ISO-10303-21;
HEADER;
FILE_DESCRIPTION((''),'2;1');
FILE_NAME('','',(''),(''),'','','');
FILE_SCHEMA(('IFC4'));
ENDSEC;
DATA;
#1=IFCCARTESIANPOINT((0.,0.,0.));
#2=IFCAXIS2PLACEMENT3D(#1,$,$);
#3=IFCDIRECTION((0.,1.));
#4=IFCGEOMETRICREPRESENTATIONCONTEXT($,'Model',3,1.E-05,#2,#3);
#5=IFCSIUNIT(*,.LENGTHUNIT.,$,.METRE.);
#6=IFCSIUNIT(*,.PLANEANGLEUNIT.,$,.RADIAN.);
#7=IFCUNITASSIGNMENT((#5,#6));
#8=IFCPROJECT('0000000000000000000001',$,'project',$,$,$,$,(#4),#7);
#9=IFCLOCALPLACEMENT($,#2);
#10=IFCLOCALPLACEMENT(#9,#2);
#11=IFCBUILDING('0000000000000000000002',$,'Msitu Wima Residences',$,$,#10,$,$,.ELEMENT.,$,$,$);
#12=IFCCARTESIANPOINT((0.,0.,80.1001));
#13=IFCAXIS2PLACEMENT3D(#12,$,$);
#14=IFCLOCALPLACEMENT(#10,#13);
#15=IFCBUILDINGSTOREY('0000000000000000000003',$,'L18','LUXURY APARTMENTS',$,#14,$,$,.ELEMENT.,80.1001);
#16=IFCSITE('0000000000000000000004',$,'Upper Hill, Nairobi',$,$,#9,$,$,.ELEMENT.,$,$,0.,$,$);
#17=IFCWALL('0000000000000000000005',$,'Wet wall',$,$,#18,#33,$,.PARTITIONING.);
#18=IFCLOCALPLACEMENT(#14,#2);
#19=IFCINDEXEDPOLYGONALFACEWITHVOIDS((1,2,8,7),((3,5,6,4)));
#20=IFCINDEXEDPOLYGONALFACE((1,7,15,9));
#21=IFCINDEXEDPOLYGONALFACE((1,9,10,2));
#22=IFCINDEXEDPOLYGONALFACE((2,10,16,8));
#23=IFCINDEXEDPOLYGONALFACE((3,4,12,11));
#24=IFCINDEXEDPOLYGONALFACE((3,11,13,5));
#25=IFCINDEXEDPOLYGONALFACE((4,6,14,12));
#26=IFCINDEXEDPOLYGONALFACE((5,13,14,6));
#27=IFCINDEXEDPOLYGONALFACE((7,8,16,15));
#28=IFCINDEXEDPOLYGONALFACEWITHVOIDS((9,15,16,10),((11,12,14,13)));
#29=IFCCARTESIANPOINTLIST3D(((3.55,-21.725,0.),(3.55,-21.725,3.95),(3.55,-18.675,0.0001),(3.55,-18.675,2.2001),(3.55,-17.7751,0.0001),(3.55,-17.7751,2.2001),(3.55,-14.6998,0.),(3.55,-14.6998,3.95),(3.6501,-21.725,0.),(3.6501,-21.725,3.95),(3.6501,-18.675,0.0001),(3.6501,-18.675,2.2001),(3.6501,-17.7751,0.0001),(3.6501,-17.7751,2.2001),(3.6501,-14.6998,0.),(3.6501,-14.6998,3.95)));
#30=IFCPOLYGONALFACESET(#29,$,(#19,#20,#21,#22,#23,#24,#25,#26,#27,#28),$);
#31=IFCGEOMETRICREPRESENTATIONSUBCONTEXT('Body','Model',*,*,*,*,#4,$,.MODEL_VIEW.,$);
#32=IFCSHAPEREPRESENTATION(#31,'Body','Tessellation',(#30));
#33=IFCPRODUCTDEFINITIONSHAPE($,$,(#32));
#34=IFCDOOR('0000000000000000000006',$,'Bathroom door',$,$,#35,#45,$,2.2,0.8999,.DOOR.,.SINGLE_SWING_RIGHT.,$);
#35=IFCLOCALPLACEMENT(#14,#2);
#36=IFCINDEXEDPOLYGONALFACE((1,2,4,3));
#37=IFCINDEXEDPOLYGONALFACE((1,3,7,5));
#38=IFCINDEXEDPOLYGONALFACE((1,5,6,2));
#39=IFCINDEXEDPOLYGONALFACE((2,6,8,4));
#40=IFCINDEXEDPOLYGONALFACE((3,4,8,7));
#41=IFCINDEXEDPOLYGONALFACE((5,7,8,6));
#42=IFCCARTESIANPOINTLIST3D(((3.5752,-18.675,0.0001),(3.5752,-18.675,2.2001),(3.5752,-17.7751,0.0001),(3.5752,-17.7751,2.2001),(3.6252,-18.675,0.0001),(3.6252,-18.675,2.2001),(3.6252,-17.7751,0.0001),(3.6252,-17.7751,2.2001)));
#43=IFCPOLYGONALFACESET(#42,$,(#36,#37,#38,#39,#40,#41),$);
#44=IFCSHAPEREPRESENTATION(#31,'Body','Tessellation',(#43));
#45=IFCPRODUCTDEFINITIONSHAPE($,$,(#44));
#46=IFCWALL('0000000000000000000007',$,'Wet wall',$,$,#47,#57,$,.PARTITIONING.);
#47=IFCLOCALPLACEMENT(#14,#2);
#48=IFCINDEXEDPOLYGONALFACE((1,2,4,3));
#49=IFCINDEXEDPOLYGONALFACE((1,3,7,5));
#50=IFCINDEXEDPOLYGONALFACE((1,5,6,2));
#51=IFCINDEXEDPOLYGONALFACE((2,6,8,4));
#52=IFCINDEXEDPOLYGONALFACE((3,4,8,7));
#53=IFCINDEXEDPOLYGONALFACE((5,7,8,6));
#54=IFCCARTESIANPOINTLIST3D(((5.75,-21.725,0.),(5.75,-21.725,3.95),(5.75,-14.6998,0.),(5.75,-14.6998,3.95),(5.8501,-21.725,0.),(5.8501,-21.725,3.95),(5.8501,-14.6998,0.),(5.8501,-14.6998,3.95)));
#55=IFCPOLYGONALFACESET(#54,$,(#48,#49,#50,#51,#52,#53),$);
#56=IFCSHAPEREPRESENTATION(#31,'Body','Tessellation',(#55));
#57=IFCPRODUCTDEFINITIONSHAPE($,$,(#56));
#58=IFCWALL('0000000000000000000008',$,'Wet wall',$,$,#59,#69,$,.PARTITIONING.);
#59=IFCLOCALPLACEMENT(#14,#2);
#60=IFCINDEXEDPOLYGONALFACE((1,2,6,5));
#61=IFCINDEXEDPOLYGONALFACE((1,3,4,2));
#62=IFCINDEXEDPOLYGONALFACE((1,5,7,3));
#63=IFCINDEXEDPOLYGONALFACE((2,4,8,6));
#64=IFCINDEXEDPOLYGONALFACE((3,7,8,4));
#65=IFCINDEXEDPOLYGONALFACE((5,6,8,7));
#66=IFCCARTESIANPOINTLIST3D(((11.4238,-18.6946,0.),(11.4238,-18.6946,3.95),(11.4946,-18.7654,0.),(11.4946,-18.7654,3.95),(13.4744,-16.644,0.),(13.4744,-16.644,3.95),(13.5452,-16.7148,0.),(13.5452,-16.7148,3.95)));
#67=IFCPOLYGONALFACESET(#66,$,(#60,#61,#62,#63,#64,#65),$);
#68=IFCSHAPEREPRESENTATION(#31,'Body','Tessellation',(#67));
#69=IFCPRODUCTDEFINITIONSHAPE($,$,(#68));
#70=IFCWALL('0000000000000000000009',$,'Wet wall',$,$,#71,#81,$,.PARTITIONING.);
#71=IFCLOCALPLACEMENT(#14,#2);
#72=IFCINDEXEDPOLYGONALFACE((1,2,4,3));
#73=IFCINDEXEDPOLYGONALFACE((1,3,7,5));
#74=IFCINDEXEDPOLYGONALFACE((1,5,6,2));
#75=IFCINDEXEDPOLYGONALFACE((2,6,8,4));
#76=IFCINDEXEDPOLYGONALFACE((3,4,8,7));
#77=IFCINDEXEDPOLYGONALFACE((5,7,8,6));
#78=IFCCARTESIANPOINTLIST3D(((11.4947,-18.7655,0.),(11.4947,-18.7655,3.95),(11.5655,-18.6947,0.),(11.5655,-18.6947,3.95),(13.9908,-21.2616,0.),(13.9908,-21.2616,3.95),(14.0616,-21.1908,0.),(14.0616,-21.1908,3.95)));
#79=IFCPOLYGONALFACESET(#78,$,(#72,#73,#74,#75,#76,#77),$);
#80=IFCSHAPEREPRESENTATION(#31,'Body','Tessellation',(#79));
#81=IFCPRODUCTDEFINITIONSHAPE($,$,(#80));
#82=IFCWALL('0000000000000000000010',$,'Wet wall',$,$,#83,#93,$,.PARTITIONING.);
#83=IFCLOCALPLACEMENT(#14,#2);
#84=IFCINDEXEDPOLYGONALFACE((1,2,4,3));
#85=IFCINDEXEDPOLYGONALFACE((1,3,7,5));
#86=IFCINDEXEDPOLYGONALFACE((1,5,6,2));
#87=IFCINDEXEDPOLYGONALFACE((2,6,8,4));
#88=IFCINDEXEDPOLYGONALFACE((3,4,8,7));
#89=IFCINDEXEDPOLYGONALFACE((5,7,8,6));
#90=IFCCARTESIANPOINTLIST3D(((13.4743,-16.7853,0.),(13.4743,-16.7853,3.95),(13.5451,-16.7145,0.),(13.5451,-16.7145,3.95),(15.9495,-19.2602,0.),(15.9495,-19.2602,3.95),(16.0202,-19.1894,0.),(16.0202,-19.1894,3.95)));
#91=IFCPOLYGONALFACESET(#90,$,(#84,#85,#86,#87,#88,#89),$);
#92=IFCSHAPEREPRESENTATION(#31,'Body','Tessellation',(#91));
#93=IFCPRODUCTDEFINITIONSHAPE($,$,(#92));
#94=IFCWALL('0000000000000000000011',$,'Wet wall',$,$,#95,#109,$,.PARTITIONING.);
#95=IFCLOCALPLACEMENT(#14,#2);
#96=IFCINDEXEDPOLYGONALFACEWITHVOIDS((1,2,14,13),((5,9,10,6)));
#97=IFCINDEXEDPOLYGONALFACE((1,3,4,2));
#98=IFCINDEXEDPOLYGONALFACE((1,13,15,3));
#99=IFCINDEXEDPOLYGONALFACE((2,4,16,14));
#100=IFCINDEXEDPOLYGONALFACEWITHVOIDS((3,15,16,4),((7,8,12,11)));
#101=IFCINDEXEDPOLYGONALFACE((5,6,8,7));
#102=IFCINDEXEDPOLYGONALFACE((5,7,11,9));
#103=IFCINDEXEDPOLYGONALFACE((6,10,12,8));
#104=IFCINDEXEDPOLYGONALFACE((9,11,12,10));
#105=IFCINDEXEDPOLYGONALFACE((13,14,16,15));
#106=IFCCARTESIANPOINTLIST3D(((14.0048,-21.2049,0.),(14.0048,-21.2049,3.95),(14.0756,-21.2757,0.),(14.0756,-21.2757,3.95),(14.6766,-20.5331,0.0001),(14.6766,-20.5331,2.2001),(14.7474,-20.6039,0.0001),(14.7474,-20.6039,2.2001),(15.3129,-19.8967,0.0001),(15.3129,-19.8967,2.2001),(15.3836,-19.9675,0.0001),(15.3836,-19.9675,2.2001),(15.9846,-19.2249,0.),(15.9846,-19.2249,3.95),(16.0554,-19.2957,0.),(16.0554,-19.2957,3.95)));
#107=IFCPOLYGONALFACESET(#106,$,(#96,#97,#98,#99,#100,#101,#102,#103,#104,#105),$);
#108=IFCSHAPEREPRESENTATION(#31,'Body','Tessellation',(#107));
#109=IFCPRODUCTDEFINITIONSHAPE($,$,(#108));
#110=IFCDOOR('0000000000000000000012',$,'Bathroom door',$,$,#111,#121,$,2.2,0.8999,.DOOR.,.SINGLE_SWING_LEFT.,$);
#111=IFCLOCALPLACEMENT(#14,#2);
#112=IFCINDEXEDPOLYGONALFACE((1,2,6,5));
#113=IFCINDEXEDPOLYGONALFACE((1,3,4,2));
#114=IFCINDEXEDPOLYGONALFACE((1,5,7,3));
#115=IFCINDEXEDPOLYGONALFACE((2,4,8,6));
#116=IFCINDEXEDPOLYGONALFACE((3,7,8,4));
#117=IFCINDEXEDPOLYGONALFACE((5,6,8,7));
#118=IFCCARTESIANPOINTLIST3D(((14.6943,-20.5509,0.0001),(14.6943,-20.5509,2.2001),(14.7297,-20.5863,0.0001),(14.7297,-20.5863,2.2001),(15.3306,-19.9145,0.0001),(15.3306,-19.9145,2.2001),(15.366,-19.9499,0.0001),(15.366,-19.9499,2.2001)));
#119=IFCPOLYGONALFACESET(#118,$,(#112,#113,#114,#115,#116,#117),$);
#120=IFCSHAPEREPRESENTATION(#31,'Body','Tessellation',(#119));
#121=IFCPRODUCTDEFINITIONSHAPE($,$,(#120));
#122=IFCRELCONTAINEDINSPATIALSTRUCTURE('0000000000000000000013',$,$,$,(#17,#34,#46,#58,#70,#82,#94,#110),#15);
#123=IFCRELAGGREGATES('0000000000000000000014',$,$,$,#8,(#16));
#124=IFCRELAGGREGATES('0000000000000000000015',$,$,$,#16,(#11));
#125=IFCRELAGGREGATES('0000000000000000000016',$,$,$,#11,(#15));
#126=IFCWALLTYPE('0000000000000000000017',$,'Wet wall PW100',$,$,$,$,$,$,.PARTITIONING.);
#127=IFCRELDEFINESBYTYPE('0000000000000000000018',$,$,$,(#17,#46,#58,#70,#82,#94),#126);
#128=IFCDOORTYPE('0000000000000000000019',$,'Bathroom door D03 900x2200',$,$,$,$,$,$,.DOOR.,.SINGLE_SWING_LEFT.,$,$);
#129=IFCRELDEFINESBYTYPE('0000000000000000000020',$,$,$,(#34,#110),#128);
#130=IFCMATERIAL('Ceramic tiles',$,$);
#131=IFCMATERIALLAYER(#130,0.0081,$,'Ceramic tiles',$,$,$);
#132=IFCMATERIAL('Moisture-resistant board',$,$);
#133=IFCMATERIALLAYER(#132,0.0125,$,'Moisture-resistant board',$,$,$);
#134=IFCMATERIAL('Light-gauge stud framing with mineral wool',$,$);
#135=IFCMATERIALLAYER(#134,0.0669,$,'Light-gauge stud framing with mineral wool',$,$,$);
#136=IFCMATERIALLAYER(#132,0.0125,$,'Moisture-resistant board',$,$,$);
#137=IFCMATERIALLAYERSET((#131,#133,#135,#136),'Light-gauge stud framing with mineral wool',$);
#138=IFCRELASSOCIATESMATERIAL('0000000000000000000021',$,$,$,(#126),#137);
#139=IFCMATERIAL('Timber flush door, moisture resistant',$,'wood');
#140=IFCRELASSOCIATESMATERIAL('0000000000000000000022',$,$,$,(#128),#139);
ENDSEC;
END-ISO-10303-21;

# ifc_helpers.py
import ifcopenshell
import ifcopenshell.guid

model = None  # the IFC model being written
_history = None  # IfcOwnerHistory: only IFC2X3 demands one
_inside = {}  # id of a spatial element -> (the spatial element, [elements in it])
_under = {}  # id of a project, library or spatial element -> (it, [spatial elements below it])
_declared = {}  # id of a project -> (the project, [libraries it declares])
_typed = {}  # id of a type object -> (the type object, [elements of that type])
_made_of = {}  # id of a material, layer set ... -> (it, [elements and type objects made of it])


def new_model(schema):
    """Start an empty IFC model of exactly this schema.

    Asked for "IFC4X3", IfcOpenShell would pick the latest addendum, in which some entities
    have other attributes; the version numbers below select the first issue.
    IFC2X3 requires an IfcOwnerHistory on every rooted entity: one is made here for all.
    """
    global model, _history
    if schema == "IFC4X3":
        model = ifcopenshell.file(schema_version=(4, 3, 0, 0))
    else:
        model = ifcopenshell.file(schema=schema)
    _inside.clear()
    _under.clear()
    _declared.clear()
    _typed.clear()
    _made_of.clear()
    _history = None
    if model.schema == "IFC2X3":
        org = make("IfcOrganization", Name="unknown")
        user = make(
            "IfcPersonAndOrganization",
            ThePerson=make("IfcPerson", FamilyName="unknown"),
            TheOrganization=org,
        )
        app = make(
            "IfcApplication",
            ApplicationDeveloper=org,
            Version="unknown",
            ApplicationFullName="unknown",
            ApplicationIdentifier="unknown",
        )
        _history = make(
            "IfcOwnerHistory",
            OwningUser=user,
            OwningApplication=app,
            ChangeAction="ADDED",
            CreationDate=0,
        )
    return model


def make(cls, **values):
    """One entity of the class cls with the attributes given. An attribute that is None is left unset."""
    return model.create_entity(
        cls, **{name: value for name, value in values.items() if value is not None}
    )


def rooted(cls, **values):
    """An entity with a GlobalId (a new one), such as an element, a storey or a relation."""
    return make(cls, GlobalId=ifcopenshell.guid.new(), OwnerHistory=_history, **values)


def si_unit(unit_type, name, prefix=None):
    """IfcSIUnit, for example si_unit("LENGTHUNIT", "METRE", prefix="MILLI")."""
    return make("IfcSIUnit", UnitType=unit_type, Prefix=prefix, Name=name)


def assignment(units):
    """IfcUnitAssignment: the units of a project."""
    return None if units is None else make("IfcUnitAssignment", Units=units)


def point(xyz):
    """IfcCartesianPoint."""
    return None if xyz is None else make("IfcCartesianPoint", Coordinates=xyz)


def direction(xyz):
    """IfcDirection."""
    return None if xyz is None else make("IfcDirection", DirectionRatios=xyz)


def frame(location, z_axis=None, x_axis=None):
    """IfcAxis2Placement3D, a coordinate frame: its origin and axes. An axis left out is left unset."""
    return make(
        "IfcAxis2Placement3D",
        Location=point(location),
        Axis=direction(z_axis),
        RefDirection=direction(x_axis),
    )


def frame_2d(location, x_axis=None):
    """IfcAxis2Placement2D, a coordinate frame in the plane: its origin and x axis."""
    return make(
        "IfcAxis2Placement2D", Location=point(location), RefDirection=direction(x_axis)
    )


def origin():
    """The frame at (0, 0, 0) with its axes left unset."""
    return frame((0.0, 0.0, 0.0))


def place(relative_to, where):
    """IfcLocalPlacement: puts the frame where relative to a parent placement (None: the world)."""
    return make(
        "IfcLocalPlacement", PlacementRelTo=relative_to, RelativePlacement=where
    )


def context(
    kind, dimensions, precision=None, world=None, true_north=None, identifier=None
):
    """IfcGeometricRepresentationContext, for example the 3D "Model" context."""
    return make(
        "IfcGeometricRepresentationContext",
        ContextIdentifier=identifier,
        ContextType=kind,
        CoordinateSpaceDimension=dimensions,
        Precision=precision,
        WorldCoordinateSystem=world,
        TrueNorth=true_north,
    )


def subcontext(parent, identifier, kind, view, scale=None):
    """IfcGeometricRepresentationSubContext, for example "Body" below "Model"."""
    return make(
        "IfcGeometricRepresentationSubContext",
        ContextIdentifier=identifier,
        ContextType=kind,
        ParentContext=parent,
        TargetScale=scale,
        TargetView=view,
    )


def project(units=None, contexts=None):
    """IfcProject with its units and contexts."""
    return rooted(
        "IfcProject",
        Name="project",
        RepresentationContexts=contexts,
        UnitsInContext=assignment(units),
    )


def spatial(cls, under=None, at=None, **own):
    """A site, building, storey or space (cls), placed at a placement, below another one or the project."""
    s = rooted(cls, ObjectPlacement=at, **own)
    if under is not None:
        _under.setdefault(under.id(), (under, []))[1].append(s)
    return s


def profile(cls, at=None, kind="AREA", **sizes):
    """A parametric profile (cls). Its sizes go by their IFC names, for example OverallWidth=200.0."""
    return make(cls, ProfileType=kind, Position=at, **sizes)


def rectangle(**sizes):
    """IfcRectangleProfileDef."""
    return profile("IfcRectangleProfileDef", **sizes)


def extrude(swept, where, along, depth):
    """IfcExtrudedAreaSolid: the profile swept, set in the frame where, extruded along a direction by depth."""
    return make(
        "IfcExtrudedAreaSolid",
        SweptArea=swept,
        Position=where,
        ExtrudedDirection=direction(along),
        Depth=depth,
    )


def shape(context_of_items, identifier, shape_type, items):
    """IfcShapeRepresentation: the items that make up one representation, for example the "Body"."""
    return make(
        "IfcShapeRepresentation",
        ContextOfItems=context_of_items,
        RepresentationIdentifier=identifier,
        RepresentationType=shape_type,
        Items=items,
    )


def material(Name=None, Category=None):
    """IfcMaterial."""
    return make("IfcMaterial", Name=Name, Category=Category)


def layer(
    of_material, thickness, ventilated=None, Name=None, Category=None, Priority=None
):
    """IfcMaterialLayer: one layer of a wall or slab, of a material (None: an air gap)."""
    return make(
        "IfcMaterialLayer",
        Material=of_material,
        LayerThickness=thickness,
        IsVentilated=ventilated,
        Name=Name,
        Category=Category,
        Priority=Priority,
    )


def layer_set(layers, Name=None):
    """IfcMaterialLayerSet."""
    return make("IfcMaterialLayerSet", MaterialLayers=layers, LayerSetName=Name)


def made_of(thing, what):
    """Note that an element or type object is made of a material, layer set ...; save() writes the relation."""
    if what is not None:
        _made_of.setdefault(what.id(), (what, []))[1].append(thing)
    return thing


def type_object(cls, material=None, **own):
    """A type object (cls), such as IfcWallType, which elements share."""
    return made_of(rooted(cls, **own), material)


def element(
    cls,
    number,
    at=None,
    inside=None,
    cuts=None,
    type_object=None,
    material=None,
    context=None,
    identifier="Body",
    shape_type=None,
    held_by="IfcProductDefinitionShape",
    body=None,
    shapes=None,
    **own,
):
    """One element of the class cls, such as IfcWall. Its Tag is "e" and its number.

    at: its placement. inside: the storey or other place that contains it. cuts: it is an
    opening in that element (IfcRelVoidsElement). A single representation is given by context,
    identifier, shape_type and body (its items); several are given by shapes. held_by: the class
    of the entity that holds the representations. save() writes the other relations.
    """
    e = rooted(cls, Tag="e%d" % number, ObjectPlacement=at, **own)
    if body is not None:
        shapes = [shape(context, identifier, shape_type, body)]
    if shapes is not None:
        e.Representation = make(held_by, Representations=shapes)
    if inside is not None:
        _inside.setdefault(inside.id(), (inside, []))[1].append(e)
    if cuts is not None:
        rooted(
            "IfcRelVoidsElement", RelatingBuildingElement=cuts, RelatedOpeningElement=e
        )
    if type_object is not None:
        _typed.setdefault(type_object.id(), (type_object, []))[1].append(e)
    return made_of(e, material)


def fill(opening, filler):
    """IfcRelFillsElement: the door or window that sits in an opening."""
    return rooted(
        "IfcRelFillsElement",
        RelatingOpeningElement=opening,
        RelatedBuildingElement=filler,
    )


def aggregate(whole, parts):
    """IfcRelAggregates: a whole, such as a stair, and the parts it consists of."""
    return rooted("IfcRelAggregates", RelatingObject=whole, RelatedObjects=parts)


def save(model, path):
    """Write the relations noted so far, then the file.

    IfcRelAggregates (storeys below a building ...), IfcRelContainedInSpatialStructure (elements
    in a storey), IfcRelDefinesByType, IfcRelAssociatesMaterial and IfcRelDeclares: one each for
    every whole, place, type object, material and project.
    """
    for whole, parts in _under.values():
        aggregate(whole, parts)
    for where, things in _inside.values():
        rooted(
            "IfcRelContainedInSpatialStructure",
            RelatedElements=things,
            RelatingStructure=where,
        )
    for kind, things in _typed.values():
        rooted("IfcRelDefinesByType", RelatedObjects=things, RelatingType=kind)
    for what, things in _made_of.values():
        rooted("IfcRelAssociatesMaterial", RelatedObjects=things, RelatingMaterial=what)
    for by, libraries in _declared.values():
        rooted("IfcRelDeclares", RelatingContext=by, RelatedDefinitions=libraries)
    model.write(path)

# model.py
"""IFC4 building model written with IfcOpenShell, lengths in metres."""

from ifc_helpers import new_model, si_unit, direction, frame, frame_2d, origin, place, context, subcontext, project, spatial, rectangle, extrude, material, layer, layer_set, type_object, element, fill, save


model = new_model("IFC4")

# Units and contexts
model_context = context("Model", 3, precision=1e-05, world=origin(), true_north=direction((0.0, 1.0)))
body_context = subcontext(model_context, "Body", "Model", "MODEL_VIEW")
ifc_project = project(units=[si_unit("LENGTHUNIT", "METRE"), si_unit("PLANEANGLEUNIT", "RADIAN")], contexts=[model_context])

# Site, building, storey
site_placement = place(None, origin())
site = spatial("IfcSite", under=ifc_project, at=site_placement, Name="Upper Hill, Nairobi", CompositionType="ELEMENT", RefElevation=0.0)
building_placement = place(site_placement, origin())
building = spatial("IfcBuilding", under=site, at=building_placement, Name="Msitu Wima Residences", CompositionType="ELEMENT")
storey_placement = place(building_placement, frame((0.0, 0.0, 80.1001)))
storey = spatial("IfcBuildingStorey", under=building, at=storey_placement, Name="L18", Description="LUXURY APARTMENTS", CompositionType="ELEMENT", Elevation=80.1001)

# Shared definitions
ifc_material_1 = material(Name="Ceramic tiles")
ifc_layer_1 = layer(ifc_material_1, 0.0081, Name="Ceramic tiles")
ifc_material_2 = material(Name="Moisture-resistant board")
ifc_layer_2 = layer(ifc_material_2, 0.0125, Name="Moisture-resistant board")
ifc_material_3 = material(Name="Light-gauge stud framing with mineral wool")
ifc_layer_3 = layer(ifc_material_3, 0.0669, Name="Light-gauge stud framing with mineral wool")
ifc_layer_4 = layer(ifc_material_2, 0.0125, Name="Moisture-resistant board")
ifc_layer_set_1 = layer_set([ifc_layer_1, ifc_layer_2, ifc_layer_3, ifc_layer_4], Name="Light-gauge stud framing with mineral wool")
wall_type_1 = type_object("IfcWallType", Name="Wet wall PW100", PredefinedType="PARTITIONING", material=ifc_layer_set_1)

# Wall, opening, door
wall_1_placement = place(storey_placement, frame((3.6001, -21.7251, 0.0), z_axis=(0.0, 0.0, 1.0), x_axis=(0.0, 1.0, 0.0)))
wall_1 = element("IfcWall", 1, at=wall_1_placement, inside=storey, type_object=wall_type_1, Name="Wet wall", PredefinedType="PARTITIONING", context=body_context, shape_type="SweptSolid", body=[
    extrude(rectangle(XDim=7.0251, YDim=0.1001, at=frame_2d((3.5127, 0.0))), origin(), (0.0, 0.0, 1.0), 3.95),
])
opening_1_placement = place(wall_1_placement, frame((3.05, 0.0, 0.0)))
opening_1 = element("IfcOpeningElement", 2, at=opening_1_placement, cuts=wall_1, PredefinedType="OPENING", context=body_context, shape_type="SweptSolid", body=[
    extrude(rectangle(XDim=0.8999, YDim=2.2, at=frame_2d((0.45, 1.1001))), frame((0.0, 0.0601, 0.0), z_axis=(0.0, -1.0, 0.0), x_axis=(1.0, 0.0, 0.0)), (0.0, 0.0, 1.0), 0.1201),
])
ifc_material_4 = material(Name="Timber flush door, moisture resistant", Category="wood")
door_type_1 = type_object("IfcDoorType", Name="Bathroom door D03 900x2200", OperationType="SINGLE_SWING_LEFT", PredefinedType="DOOR", material=ifc_material_4)
door_1_placement = place(opening_1_placement, origin())
door_1 = element("IfcDoor", 3, at=door_1_placement, inside=storey, type_object=door_type_1, Name="Bathroom door", OperationType="SINGLE_SWING_RIGHT", OverallHeight=2.2, OverallWidth=0.8999, PredefinedType="DOOR", context=body_context, shape_type="SweptSolid", body=[
    extrude(rectangle(XDim=0.8999, YDim=2.2, at=frame_2d((0.45, 1.1001))), frame((0.0, 0.0249, 0.0), z_axis=(0.0, -1.0, 0.0), x_axis=(1.0, 0.0, 0.0)), (0.0, 0.0, 1.0), 0.05),
])
fill(opening_1, door_1)

# Walls
wall_2_placement = place(storey_placement, frame((5.8, -21.7251, 0.0), z_axis=(0.0, 0.0, 1.0), x_axis=(0.0, 1.0, 0.0)))
element("IfcWall", 4, at=wall_2_placement, inside=storey, type_object=wall_type_1, Name="Wet wall", PredefinedType="PARTITIONING", context=body_context, shape_type="SweptSolid", body=[
    extrude(rectangle(XDim=7.0251, YDim=0.1001, at=frame_2d((3.5127, 0.0))), origin(), (0.0, 0.0, 1.0), 3.95),
])
wall_3_placement = place(storey_placement, frame((11.4592, -18.73, 0.0), z_axis=(0.0, 0.0, 1.0), x_axis=(0.707107, 0.707107, 0.0)))
element("IfcWall", 5, at=wall_3_placement, inside=storey, type_object=wall_type_1, Name="Wet wall", PredefinedType="PARTITIONING", context=body_context, shape_type="SweptSolid", body=[
    extrude(rectangle(XDim=2.8999, YDim=0.1001, at=frame_2d((1.45, 0.0))), origin(), (0.0, 0.0, 1.0), 3.95),
])
wall_4_placement = place(storey_placement, frame((11.53, -18.73, 0.0), z_axis=(0.0, 0.0, 1.0), x_axis=(0.707107, -0.707107, 0.0)))
element("IfcWall", 6, at=wall_4_placement, inside=storey, type_object=wall_type_1, Name="Wet wall", PredefinedType="PARTITIONING", context=body_context, shape_type="SweptSolid", body=[
    extrude(rectangle(XDim=3.53, YDim=0.1001, at=frame_2d((1.7651, 0.0))), origin(), (0.0, 0.0, 1.0), 3.95),
])
wall_5_placement = place(storey_placement, frame((13.5098, -16.75, 0.0), z_axis=(0.0, 0.0, 1.0), x_axis=(0.707142, -0.707072, 0.0)))
element("IfcWall", 7, at=wall_5_placement, inside=storey, type_object=wall_type_1, Name="Wet wall", PredefinedType="PARTITIONING", context=body_context, shape_type="SweptSolid", body=[
    extrude(rectangle(XDim=3.5002, YDim=0.1001, at=frame_2d((1.75, 0.0))), origin(), (0.0, 0.0, 1.0), 3.95),
])

# Wall, opening, door
wall_6_placement = place(storey_placement, frame((14.0403, -21.2402, 0.0), z_axis=(0.0, 0.0, 1.0), x_axis=(0.707063, 0.70715, 0.0)))
wall_6 = element("IfcWall", 8, at=wall_6_placement, inside=storey, type_object=wall_type_1, Name="Wet wall", PredefinedType="PARTITIONING", context=body_context, shape_type="SweptSolid", body=[
    extrude(rectangle(XDim=2.8, YDim=0.1001, at=frame_2d((1.3999, 0.0))), origin(), (0.0, 0.0, 1.0), 3.95),
])
opening_2_placement = place(wall_6_placement, frame((0.95, 0.0, 0.0)))
opening_2 = element("IfcOpeningElement", 9, at=opening_2_placement, cuts=wall_6, PredefinedType="OPENING", context=body_context, shape_type="SweptSolid", body=[
    extrude(rectangle(XDim=0.8999, YDim=2.2, at=frame_2d((0.45, 1.1001))), frame((0.0, 0.0601, 0.0), z_axis=(0.0, -1.0, 0.0), x_axis=(1.0, 0.0, 0.0)), (0.0, 0.0, 1.0), 0.1201),
])
door_2_placement = place(opening_2_placement, origin())
door_2 = element("IfcDoor", 10, at=door_2_placement, inside=storey, type_object=door_type_1, Name="Bathroom door", OperationType="SINGLE_SWING_LEFT", OverallHeight=2.2, OverallWidth=0.8999, PredefinedType="DOOR", context=body_context, shape_type="SweptSolid", body=[
    extrude(rectangle(XDim=0.8999, YDim=2.2, at=frame_2d((0.45, 1.1001))), frame((0.0, 0.0249, 0.0), z_axis=(0.0, -1.0, 0.0), x_axis=(1.0, 0.0, 0.0)), (0.0, 0.0, 1.0), 0.05),
])
fill(opening_2, door_2)

save(model, "model.ifc")
